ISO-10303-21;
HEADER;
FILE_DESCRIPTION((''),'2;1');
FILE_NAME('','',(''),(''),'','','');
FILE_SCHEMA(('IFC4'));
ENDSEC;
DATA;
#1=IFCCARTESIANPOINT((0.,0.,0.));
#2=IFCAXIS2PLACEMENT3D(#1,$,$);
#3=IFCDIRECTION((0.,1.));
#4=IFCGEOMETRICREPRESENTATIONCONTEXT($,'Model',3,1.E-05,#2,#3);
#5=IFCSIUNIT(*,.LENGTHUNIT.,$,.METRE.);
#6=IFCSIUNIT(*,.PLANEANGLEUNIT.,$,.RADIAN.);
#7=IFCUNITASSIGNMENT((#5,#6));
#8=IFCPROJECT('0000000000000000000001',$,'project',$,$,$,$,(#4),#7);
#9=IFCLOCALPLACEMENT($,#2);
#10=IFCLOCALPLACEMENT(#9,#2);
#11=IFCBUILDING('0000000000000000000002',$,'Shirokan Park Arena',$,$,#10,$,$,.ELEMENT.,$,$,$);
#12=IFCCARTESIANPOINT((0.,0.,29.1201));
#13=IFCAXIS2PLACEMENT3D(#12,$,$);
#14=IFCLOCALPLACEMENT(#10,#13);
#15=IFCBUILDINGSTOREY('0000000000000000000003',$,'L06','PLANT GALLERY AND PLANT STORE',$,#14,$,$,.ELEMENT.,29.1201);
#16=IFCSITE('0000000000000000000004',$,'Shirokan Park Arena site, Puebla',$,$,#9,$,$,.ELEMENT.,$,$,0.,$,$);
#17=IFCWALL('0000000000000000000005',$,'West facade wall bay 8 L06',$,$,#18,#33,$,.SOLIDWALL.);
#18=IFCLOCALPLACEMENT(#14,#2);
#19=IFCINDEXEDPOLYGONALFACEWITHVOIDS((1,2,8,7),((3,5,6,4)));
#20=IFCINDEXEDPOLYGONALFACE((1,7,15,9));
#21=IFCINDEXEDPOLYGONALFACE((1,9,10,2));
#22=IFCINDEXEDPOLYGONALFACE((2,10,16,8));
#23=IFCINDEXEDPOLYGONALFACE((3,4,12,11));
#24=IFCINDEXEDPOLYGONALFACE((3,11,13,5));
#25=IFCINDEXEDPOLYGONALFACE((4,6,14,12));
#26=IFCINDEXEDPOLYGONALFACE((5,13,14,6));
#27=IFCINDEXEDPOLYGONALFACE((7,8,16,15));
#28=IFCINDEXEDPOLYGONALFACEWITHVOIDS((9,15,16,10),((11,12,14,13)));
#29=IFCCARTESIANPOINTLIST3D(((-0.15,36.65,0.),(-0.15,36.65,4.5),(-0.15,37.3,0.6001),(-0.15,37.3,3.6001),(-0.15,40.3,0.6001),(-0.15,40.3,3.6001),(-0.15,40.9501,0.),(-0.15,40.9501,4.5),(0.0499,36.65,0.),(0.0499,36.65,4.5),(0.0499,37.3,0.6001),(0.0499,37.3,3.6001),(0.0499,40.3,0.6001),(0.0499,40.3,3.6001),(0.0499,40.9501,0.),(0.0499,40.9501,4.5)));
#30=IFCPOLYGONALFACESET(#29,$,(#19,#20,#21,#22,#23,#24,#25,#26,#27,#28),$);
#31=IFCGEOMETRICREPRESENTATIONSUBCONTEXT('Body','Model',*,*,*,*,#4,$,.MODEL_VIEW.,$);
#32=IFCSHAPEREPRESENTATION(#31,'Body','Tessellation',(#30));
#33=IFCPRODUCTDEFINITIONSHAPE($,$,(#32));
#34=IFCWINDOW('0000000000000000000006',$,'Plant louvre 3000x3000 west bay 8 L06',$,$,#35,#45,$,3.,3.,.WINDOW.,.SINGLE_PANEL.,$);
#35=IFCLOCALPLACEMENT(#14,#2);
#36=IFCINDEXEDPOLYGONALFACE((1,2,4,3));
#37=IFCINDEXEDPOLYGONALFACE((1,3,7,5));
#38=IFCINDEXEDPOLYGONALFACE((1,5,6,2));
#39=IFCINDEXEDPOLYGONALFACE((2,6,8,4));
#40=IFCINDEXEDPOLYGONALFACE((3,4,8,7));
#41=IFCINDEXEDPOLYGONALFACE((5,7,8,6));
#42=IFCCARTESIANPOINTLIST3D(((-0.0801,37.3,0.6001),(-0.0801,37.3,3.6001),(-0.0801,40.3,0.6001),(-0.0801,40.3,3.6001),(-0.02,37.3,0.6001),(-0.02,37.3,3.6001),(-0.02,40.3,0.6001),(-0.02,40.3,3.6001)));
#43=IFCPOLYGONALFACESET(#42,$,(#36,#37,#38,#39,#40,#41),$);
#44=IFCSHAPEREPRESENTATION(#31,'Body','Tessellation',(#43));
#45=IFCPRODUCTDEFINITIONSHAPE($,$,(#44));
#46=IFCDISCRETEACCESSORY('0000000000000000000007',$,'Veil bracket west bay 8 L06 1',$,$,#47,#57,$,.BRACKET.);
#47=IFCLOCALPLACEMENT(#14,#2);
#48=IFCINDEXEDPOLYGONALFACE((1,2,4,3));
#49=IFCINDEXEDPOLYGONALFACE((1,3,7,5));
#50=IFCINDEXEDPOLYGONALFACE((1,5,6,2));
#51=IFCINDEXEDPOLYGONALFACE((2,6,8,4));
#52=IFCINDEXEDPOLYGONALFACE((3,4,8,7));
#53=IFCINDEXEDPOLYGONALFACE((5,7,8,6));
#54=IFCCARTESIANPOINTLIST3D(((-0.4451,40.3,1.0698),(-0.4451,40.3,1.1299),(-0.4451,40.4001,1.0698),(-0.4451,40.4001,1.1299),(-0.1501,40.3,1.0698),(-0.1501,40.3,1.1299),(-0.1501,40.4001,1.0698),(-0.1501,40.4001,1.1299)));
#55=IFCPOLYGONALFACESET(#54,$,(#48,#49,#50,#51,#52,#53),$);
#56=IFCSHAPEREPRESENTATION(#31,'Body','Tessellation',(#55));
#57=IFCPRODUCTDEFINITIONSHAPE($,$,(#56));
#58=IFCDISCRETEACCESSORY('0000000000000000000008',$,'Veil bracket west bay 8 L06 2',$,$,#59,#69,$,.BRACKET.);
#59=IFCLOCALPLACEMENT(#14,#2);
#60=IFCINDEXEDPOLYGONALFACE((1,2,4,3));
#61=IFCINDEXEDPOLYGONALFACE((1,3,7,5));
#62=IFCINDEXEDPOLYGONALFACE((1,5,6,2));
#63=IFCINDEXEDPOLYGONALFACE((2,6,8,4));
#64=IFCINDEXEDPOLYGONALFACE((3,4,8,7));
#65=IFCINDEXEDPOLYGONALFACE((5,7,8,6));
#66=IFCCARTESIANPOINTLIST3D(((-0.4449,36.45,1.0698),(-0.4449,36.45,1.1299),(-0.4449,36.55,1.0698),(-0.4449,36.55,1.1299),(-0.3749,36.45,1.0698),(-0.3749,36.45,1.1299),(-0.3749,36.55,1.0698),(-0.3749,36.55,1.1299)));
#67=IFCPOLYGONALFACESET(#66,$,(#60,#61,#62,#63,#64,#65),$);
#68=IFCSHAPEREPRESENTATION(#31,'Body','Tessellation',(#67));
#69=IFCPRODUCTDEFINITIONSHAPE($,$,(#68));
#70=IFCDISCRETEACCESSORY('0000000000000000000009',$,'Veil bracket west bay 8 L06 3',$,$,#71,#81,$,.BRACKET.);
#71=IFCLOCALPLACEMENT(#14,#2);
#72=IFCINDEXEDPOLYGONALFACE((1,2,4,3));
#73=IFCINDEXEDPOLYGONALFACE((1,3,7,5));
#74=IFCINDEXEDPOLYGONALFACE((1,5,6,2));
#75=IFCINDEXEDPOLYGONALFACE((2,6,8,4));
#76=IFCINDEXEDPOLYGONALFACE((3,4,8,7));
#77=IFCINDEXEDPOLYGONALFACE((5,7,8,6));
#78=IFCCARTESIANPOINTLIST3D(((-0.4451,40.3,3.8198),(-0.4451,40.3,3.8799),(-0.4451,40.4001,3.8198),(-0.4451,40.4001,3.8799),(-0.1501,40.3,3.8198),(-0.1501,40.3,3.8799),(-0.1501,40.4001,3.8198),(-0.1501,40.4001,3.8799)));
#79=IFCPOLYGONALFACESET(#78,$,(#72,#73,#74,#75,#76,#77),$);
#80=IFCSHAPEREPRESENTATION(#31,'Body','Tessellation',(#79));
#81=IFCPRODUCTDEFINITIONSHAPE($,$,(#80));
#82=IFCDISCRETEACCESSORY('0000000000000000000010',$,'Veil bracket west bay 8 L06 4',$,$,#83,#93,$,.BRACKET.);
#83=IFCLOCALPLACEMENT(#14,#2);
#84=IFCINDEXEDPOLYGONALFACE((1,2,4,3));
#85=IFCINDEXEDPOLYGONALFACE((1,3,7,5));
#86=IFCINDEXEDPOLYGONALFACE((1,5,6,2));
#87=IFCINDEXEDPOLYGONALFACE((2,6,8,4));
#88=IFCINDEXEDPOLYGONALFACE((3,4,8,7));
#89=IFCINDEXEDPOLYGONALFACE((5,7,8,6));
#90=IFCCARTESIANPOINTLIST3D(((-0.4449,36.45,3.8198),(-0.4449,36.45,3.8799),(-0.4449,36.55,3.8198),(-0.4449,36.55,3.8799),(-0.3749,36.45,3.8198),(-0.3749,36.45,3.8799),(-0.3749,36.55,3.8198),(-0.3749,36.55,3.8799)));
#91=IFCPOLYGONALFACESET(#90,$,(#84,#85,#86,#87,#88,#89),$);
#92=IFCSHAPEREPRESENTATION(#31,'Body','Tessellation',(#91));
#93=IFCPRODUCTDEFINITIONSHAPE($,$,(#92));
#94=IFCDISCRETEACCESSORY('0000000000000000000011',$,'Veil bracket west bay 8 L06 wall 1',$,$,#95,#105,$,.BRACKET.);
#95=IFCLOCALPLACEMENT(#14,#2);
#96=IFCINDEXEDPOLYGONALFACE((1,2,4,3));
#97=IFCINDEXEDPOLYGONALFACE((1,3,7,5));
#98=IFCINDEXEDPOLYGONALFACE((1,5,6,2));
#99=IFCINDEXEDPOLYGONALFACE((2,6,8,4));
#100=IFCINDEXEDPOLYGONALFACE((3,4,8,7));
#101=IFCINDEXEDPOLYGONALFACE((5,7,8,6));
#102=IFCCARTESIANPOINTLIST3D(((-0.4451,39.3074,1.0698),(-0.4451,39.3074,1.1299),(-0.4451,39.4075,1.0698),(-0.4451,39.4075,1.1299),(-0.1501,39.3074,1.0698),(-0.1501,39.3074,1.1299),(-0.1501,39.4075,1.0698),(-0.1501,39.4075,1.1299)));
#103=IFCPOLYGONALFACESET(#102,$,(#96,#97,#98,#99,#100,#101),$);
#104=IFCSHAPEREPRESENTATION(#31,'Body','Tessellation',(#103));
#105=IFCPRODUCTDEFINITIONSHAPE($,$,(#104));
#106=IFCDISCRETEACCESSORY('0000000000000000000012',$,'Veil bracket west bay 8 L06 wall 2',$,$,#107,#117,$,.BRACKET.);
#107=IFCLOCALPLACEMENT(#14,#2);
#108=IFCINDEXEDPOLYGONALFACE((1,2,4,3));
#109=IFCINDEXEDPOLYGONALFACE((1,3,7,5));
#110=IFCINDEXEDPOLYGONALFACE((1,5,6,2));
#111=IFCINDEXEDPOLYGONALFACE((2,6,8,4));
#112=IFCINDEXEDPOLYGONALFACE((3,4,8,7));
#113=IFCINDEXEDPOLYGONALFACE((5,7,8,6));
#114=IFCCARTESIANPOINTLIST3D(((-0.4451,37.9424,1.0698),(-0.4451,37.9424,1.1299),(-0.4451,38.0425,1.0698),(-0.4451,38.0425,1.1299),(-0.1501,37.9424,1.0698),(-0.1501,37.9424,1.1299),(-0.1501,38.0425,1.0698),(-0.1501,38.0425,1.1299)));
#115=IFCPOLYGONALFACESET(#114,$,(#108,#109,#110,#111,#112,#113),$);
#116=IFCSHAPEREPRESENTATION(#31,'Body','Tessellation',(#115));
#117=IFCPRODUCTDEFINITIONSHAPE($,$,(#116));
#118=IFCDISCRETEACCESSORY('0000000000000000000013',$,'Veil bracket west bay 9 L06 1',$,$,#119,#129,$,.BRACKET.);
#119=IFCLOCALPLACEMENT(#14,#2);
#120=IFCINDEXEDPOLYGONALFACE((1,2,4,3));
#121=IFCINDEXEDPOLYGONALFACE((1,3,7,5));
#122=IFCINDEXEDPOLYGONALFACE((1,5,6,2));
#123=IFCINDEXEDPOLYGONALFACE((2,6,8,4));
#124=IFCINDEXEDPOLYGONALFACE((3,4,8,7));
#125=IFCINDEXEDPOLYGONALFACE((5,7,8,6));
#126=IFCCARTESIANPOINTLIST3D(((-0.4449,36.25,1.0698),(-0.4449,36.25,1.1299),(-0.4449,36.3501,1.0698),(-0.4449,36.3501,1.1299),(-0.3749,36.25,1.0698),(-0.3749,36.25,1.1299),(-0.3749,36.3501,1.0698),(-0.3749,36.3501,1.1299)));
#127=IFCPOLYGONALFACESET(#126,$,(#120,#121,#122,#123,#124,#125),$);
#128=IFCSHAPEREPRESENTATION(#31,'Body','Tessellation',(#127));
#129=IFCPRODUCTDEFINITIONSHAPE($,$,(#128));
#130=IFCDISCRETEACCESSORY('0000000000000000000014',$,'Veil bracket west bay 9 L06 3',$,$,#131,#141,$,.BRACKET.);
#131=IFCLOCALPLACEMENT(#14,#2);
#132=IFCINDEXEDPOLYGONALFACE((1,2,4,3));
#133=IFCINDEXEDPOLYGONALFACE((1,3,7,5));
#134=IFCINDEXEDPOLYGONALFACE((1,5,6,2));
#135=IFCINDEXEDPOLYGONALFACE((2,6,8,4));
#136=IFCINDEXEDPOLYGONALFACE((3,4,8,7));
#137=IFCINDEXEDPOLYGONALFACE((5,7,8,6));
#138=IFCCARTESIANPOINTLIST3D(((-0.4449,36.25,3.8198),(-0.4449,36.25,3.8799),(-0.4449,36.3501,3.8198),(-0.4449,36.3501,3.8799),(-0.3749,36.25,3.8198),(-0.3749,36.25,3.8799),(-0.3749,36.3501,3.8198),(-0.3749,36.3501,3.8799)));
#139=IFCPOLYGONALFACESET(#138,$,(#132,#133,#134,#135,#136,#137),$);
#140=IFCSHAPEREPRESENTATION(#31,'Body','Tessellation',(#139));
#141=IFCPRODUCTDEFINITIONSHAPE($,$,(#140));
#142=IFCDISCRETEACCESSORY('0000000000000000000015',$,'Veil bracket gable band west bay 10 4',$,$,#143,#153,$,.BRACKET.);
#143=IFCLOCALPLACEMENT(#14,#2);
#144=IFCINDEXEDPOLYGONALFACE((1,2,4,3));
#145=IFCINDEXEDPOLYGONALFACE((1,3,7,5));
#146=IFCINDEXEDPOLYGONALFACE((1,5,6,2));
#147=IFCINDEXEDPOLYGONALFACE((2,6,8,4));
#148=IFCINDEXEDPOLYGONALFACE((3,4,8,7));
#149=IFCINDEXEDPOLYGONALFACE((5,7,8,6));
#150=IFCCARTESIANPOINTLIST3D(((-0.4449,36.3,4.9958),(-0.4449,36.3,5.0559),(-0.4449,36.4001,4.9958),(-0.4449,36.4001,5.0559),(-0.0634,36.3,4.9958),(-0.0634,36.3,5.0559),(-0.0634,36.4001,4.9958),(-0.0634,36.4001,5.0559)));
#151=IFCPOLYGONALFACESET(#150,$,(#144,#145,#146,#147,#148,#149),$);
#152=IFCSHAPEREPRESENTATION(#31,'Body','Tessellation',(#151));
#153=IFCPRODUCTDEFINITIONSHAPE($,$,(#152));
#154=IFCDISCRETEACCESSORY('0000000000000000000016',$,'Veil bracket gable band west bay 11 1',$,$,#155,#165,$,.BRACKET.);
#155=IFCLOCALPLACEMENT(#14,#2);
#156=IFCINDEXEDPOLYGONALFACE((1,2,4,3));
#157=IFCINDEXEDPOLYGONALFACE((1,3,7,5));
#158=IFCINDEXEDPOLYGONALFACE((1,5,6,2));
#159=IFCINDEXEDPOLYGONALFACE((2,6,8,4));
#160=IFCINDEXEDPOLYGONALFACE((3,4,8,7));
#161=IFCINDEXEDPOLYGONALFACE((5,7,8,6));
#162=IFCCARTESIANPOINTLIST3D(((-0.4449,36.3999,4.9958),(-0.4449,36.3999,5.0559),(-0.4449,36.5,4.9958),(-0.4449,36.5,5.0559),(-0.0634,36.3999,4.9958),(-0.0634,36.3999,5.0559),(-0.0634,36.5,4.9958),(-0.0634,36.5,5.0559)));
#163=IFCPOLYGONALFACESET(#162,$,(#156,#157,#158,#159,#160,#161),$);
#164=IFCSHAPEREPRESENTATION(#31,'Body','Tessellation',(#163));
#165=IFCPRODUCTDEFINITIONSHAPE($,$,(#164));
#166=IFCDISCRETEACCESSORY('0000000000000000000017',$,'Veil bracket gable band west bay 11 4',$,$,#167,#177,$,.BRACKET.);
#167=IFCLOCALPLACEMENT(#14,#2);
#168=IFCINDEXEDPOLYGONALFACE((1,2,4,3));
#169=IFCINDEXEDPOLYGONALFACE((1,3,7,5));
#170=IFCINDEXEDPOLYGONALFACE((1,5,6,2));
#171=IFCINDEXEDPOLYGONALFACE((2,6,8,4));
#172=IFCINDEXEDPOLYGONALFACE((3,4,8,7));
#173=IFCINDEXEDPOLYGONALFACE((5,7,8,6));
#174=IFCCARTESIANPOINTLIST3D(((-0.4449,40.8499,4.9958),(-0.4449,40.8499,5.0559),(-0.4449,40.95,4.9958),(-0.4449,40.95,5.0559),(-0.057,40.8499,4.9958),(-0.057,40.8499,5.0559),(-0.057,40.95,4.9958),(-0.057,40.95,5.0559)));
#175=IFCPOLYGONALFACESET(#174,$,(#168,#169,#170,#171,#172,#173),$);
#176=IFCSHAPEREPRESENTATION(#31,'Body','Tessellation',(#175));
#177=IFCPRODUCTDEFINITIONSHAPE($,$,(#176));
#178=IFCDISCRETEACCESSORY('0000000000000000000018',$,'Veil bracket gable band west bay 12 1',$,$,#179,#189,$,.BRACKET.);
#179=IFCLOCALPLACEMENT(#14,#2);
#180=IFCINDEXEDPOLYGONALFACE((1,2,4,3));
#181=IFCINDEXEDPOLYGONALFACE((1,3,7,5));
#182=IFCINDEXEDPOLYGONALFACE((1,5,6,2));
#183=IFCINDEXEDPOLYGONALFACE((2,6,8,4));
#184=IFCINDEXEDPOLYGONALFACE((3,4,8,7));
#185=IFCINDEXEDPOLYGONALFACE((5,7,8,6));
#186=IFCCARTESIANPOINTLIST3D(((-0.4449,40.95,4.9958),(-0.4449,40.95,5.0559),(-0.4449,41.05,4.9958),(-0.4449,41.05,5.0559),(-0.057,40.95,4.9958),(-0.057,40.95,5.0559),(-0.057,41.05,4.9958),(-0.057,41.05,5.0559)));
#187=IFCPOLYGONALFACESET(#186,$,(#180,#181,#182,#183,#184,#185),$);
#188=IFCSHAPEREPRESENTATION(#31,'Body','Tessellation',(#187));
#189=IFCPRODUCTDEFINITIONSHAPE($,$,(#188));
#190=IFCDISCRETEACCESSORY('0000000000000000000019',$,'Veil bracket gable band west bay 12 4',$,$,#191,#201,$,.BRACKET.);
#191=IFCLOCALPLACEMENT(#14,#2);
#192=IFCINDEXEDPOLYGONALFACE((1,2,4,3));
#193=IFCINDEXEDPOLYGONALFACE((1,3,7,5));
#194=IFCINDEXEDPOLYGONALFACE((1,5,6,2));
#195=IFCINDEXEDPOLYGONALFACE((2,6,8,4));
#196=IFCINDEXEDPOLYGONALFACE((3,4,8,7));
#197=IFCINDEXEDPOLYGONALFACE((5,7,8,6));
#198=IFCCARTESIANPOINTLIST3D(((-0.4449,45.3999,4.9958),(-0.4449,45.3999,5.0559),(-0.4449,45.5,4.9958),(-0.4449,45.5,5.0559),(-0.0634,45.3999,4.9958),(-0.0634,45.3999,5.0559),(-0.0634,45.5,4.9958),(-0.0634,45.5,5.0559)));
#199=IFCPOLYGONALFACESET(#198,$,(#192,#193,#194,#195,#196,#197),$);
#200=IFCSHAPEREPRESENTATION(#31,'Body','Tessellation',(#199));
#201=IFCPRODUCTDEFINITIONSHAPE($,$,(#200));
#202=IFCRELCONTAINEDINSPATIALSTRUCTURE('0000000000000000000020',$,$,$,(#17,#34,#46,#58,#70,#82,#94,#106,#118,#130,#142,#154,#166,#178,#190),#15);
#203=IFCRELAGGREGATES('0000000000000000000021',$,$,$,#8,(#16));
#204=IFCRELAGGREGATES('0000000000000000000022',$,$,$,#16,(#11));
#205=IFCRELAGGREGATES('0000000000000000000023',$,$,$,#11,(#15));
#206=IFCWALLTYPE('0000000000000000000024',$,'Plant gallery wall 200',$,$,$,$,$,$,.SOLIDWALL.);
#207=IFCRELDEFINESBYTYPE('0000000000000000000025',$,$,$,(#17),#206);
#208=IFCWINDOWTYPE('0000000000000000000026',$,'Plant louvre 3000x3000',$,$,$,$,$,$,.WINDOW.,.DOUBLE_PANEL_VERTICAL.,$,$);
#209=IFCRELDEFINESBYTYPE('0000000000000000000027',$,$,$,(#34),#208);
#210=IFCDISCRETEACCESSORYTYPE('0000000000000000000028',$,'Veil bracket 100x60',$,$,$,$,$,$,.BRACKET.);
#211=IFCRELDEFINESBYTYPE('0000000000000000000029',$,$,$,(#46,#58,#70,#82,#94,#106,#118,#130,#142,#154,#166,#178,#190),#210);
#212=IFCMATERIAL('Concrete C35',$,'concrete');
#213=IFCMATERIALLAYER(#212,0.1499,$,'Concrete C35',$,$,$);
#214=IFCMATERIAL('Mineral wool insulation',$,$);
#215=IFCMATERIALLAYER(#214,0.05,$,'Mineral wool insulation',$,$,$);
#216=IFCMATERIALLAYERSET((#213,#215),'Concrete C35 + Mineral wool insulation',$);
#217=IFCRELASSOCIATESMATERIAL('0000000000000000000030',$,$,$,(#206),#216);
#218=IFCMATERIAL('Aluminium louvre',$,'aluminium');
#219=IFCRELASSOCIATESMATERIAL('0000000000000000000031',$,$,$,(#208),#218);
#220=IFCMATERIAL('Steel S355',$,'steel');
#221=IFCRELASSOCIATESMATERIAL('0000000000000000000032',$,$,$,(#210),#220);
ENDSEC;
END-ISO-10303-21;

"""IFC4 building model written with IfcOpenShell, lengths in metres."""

from ifc_helpers import new_model, si_unit, direction, frame, frame_2d, origin, origin_2d, place, context, subcontext, project, spatial, rectangle, extrude, material, layer, layer_set, type_object, element, fill, save


model = new_model("IFC4")

# Units and contexts
model_context = context("Model", 3, precision=1e-05, world=origin(), true_north=direction((0.0, 1.0)))
body_context = subcontext(model_context, "Body", "Model", "MODEL_VIEW")
ifc_project = project(units=[si_unit("LENGTHUNIT", "METRE"), si_unit("PLANEANGLEUNIT", "RADIAN")], contexts=[model_context])

# Site, building, storey
site_placement = place(None, origin())
site = spatial("IfcSite", under=ifc_project, at=site_placement, Name="Shirokan Park Arena site, Puebla", CompositionType="ELEMENT", RefElevation=0.0)
building_placement = place(site_placement, origin())
building = spatial("IfcBuilding", under=site, at=building_placement, Name="Shirokan Park Arena", CompositionType="ELEMENT")
storey_placement = place(building_placement, frame((0.0, 0.0, 29.1201)))
storey = spatial("IfcBuildingStorey", under=building, at=storey_placement, Name="L06", Description="PLANT GALLERY AND PLANT STORE", CompositionType="ELEMENT", Elevation=29.1201)

# Shared definitions
ifc_material_1 = material(Name="Concrete C35", Category="concrete")

# Wall, opening, window
ifc_layer_1 = layer(ifc_material_1, 0.1499, Name="Concrete C35")
ifc_material_2 = material(Name="Mineral wool insulation")
ifc_layer_2 = layer(ifc_material_2, 0.05, Name="Mineral wool insulation")
ifc_layer_set = layer_set([ifc_layer_1, ifc_layer_2], Name="Concrete C35 + Mineral wool insulation")
wall_type = type_object("IfcWallType", Name="Plant gallery wall 200", PredefinedType="SOLIDWALL", material=ifc_layer_set)
wall_placement = place(storey_placement, frame((-0.05, 40.95, 0.0), z_axis=(0.0, 0.0, 1.0), x_axis=(0.0, -1.0, 0.0)))
wall = element("IfcWall", 1, at=wall_placement, inside=storey, type_object=wall_type, Name="West facade wall bay 8 L06", PredefinedType="SOLIDWALL", context=body_context, shape_type="SweptSolid", body=[
    extrude(rectangle(XDim=4.3, YDim=0.2, at=frame_2d((2.1499, 0.0))), origin(), (0.0, 0.0, 1.0), 4.5),
])
opening_placement = place(wall_placement, frame((0.6499, 0.0, 0.6001)))
opening = element("IfcOpeningElement", 2, at=opening_placement, cuts=wall, PredefinedType="OPENING", context=body_context, shape_type="SweptSolid", body=[
    extrude(rectangle(XDim=3.0, YDim=3.0, at=frame_2d((1.5, 1.5))), frame((0.0, 0.1099, 0.0), z_axis=(0.0, -1.0, 0.0), x_axis=(1.0, 0.0, 0.0)), (0.0, 0.0, 1.0), 0.22),
])
ifc_material_3 = material(Name="Aluminium louvre", Category="aluminium")
window_type = type_object("IfcWindowType", Name="Plant louvre 3000x3000", PartitioningType="DOUBLE_PANEL_VERTICAL", PredefinedType="WINDOW", material=ifc_material_3)
window_placement = place(opening_placement, origin())
window = element("IfcWindow", 3, at=window_placement, inside=storey, type_object=window_type, Name="Plant louvre 3000x3000 west bay 8 L06", OverallHeight=3.0, OverallWidth=3.0, PartitioningType="SINGLE_PANEL", PredefinedType="WINDOW", context=body_context, shape_type="SweptSolid", body=[
    extrude(rectangle(XDim=3.0, YDim=3.0, at=frame_2d((1.5, 1.5))), frame((0.0, 0.03, 0.0), z_axis=(0.0, -1.0, 0.0), x_axis=(1.0, 0.0, 0.0)), (0.0, 0.0, 1.0), 0.0601),
])
fill(opening, window)

# Discrete accessories
ifc_material_4 = material(Name="Steel S355", Category="steel")
discrete_accessory_type = type_object("IfcDiscreteAccessoryType", Name="Veil bracket 100x60", PredefinedType="BRACKET", material=ifc_material_4)
discrete_accessory_1_placement = place(storey_placement, frame((-0.2976, 40.3501, 1.0698), z_axis=(0.0, 0.0, 1.0), x_axis=(0.0, -1.0, 0.0)))
element("IfcDiscreteAccessory", 4, at=discrete_accessory_1_placement, inside=storey, type_object=discrete_accessory_type, Name="Veil bracket west bay 8 L06 1", PredefinedType="BRACKET", context=body_context, shape_type="SweptSolid", body=[
    extrude(rectangle(XDim=0.1001, YDim=0.2949, at=origin_2d()), origin(), (0.0, 0.0, 1.0), 0.0601),
])
discrete_accessory_2_placement = place(storey_placement, frame((-0.4099, 36.5, 1.0698), z_axis=(0.0, 0.0, 1.0), x_axis=(0.0, -1.0, 0.0)))
element("IfcDiscreteAccessory", 5, at=discrete_accessory_2_placement, inside=storey, type_object=discrete_accessory_type, Name="Veil bracket west bay 8 L06 2", PredefinedType="BRACKET", context=body_context, shape_type="SweptSolid", body=[
    extrude(rectangle(XDim=0.1001, YDim=0.0701, at=origin_2d()), origin(), (0.0, 0.0, 1.0), 0.0601),
])
discrete_accessory_3_placement = place(storey_placement, frame((-0.2976, 40.3501, 3.8198), z_axis=(0.0, 0.0, 1.0), x_axis=(0.0, -1.0, 0.0)))
element("IfcDiscreteAccessory", 6, at=discrete_accessory_3_placement, inside=storey, type_object=discrete_accessory_type, Name="Veil bracket west bay 8 L06 3", PredefinedType="BRACKET", context=body_context, shape_type="SweptSolid", body=[
    extrude(rectangle(XDim=0.1001, YDim=0.2949, at=origin_2d()), origin(), (0.0, 0.0, 1.0), 0.0601),
])
discrete_accessory_4_placement = place(storey_placement, frame((-0.4099, 36.5, 3.8198), z_axis=(0.0, 0.0, 1.0), x_axis=(0.0, -1.0, 0.0)))
element("IfcDiscreteAccessory", 7, at=discrete_accessory_4_placement, inside=storey, type_object=discrete_accessory_type, Name="Veil bracket west bay 8 L06 4", PredefinedType="BRACKET", context=body_context, shape_type="SweptSolid", body=[
    extrude(rectangle(XDim=0.1001, YDim=0.0701, at=origin_2d()), origin(), (0.0, 0.0, 1.0), 0.0601),
])
for number, where, z_axis, x_axis, name in (
    (8, (-0.2976, 39.3574, 1.0698), (0.0, 0.0, 1.0), (0.0, -1.0, 0.0), "Veil bracket west bay 8 L06 wall 1"),
    (9, (-0.2976, 37.9924, 1.0698), (0.0, 0.0, 1.0), (0.0, -1.0, 0.0), "Veil bracket west bay 8 L06 wall 2"),
):
    element("IfcDiscreteAccessory", number, at=place(storey_placement, frame(where, z_axis=z_axis, x_axis=x_axis)), inside=storey, type_object=discrete_accessory_type, Name=name, PredefinedType="BRACKET", context=body_context, shape_type="SweptSolid", body=[
        extrude(rectangle(XDim=0.1001, YDim=0.2949, at=origin_2d()), origin(), (0.0, 0.0, 1.0), 0.0601),
    ])
for number, where, z_axis, x_axis, name in (
    (10, (-0.4099, 36.3, 1.0698), (0.0, 0.0, 1.0), (0.0, -1.0, 0.0), "Veil bracket west bay 9 L06 1"),
    (11, (-0.4099, 36.3, 3.8198), (0.0, 0.0, 1.0), (0.0, -1.0, 0.0), "Veil bracket west bay 9 L06 3"),
):
    element("IfcDiscreteAccessory", number, at=place(storey_placement, frame(where, z_axis=z_axis, x_axis=x_axis)), inside=storey, type_object=discrete_accessory_type, Name=name, PredefinedType="BRACKET", context=body_context, shape_type="SweptSolid", body=[
        extrude(rectangle(XDim=0.1001, YDim=0.0701, at=origin_2d()), origin(), (0.0, 0.0, 1.0), 0.0601),
    ])
for number, where, z_axis, x_axis, name in (
    (12, (-0.2542, 36.3501, 4.9958), (0.0, 0.0, 1.0), (1.0, 0.0, 0.0), "Veil bracket gable band west bay 10 4"),
    (13, (-0.2542, 36.45, 4.9958), (0.0, 0.0, 1.0), (1.0, 0.0, 0.0), "Veil bracket gable band west bay 11 1"),
):
    element("IfcDiscreteAccessory", number, at=place(storey_placement, frame(where, z_axis=z_axis, x_axis=x_axis)), inside=storey, type_object=discrete_accessory_type, Name=name, PredefinedType="BRACKET", context=body_context, shape_type="SweptSolid", body=[
        extrude(rectangle(XDim=0.3816, YDim=0.1001, at=origin_2d()), origin(), (0.0, 0.0, 1.0), 0.0601),
    ])
for number, where, z_axis, x_axis, name in (
    (14, (-0.251, 40.8999, 4.9958), (0.0, 0.0, 1.0), (1.0, 0.0, 0.0), "Veil bracket gable band west bay 11 4"),
    (15, (-0.251, 41.0, 4.9958), (0.0, 0.0, 1.0), (1.0, 0.0, 0.0), "Veil bracket gable band west bay 12 1"),
):
    element("IfcDiscreteAccessory", number, at=place(storey_placement, frame(where, z_axis=z_axis, x_axis=x_axis)), inside=storey, type_object=discrete_accessory_type, Name=name, PredefinedType="BRACKET", context=body_context, shape_type="SweptSolid", body=[
        extrude(rectangle(XDim=0.3879, YDim=0.1001, at=origin_2d()), origin(), (0.0, 0.0, 1.0), 0.0601),
    ])
discrete_accessory_5_placement = place(storey_placement, frame((-0.2542, 45.45, 4.9958), z_axis=(0.0, 0.0, 1.0), x_axis=(1.0, 0.0, 0.0)))
element("IfcDiscreteAccessory", 16, at=discrete_accessory_5_placement, inside=storey, type_object=discrete_accessory_type, Name="Veil bracket gable band west bay 12 4", PredefinedType="BRACKET", context=body_context, shape_type="SweptSolid", body=[
    extrude(rectangle(XDim=0.3816, YDim=0.1001, at=origin_2d()), origin(), (0.0, 0.0, 1.0), 0.0601),
])

save(model, "model.ifc")
